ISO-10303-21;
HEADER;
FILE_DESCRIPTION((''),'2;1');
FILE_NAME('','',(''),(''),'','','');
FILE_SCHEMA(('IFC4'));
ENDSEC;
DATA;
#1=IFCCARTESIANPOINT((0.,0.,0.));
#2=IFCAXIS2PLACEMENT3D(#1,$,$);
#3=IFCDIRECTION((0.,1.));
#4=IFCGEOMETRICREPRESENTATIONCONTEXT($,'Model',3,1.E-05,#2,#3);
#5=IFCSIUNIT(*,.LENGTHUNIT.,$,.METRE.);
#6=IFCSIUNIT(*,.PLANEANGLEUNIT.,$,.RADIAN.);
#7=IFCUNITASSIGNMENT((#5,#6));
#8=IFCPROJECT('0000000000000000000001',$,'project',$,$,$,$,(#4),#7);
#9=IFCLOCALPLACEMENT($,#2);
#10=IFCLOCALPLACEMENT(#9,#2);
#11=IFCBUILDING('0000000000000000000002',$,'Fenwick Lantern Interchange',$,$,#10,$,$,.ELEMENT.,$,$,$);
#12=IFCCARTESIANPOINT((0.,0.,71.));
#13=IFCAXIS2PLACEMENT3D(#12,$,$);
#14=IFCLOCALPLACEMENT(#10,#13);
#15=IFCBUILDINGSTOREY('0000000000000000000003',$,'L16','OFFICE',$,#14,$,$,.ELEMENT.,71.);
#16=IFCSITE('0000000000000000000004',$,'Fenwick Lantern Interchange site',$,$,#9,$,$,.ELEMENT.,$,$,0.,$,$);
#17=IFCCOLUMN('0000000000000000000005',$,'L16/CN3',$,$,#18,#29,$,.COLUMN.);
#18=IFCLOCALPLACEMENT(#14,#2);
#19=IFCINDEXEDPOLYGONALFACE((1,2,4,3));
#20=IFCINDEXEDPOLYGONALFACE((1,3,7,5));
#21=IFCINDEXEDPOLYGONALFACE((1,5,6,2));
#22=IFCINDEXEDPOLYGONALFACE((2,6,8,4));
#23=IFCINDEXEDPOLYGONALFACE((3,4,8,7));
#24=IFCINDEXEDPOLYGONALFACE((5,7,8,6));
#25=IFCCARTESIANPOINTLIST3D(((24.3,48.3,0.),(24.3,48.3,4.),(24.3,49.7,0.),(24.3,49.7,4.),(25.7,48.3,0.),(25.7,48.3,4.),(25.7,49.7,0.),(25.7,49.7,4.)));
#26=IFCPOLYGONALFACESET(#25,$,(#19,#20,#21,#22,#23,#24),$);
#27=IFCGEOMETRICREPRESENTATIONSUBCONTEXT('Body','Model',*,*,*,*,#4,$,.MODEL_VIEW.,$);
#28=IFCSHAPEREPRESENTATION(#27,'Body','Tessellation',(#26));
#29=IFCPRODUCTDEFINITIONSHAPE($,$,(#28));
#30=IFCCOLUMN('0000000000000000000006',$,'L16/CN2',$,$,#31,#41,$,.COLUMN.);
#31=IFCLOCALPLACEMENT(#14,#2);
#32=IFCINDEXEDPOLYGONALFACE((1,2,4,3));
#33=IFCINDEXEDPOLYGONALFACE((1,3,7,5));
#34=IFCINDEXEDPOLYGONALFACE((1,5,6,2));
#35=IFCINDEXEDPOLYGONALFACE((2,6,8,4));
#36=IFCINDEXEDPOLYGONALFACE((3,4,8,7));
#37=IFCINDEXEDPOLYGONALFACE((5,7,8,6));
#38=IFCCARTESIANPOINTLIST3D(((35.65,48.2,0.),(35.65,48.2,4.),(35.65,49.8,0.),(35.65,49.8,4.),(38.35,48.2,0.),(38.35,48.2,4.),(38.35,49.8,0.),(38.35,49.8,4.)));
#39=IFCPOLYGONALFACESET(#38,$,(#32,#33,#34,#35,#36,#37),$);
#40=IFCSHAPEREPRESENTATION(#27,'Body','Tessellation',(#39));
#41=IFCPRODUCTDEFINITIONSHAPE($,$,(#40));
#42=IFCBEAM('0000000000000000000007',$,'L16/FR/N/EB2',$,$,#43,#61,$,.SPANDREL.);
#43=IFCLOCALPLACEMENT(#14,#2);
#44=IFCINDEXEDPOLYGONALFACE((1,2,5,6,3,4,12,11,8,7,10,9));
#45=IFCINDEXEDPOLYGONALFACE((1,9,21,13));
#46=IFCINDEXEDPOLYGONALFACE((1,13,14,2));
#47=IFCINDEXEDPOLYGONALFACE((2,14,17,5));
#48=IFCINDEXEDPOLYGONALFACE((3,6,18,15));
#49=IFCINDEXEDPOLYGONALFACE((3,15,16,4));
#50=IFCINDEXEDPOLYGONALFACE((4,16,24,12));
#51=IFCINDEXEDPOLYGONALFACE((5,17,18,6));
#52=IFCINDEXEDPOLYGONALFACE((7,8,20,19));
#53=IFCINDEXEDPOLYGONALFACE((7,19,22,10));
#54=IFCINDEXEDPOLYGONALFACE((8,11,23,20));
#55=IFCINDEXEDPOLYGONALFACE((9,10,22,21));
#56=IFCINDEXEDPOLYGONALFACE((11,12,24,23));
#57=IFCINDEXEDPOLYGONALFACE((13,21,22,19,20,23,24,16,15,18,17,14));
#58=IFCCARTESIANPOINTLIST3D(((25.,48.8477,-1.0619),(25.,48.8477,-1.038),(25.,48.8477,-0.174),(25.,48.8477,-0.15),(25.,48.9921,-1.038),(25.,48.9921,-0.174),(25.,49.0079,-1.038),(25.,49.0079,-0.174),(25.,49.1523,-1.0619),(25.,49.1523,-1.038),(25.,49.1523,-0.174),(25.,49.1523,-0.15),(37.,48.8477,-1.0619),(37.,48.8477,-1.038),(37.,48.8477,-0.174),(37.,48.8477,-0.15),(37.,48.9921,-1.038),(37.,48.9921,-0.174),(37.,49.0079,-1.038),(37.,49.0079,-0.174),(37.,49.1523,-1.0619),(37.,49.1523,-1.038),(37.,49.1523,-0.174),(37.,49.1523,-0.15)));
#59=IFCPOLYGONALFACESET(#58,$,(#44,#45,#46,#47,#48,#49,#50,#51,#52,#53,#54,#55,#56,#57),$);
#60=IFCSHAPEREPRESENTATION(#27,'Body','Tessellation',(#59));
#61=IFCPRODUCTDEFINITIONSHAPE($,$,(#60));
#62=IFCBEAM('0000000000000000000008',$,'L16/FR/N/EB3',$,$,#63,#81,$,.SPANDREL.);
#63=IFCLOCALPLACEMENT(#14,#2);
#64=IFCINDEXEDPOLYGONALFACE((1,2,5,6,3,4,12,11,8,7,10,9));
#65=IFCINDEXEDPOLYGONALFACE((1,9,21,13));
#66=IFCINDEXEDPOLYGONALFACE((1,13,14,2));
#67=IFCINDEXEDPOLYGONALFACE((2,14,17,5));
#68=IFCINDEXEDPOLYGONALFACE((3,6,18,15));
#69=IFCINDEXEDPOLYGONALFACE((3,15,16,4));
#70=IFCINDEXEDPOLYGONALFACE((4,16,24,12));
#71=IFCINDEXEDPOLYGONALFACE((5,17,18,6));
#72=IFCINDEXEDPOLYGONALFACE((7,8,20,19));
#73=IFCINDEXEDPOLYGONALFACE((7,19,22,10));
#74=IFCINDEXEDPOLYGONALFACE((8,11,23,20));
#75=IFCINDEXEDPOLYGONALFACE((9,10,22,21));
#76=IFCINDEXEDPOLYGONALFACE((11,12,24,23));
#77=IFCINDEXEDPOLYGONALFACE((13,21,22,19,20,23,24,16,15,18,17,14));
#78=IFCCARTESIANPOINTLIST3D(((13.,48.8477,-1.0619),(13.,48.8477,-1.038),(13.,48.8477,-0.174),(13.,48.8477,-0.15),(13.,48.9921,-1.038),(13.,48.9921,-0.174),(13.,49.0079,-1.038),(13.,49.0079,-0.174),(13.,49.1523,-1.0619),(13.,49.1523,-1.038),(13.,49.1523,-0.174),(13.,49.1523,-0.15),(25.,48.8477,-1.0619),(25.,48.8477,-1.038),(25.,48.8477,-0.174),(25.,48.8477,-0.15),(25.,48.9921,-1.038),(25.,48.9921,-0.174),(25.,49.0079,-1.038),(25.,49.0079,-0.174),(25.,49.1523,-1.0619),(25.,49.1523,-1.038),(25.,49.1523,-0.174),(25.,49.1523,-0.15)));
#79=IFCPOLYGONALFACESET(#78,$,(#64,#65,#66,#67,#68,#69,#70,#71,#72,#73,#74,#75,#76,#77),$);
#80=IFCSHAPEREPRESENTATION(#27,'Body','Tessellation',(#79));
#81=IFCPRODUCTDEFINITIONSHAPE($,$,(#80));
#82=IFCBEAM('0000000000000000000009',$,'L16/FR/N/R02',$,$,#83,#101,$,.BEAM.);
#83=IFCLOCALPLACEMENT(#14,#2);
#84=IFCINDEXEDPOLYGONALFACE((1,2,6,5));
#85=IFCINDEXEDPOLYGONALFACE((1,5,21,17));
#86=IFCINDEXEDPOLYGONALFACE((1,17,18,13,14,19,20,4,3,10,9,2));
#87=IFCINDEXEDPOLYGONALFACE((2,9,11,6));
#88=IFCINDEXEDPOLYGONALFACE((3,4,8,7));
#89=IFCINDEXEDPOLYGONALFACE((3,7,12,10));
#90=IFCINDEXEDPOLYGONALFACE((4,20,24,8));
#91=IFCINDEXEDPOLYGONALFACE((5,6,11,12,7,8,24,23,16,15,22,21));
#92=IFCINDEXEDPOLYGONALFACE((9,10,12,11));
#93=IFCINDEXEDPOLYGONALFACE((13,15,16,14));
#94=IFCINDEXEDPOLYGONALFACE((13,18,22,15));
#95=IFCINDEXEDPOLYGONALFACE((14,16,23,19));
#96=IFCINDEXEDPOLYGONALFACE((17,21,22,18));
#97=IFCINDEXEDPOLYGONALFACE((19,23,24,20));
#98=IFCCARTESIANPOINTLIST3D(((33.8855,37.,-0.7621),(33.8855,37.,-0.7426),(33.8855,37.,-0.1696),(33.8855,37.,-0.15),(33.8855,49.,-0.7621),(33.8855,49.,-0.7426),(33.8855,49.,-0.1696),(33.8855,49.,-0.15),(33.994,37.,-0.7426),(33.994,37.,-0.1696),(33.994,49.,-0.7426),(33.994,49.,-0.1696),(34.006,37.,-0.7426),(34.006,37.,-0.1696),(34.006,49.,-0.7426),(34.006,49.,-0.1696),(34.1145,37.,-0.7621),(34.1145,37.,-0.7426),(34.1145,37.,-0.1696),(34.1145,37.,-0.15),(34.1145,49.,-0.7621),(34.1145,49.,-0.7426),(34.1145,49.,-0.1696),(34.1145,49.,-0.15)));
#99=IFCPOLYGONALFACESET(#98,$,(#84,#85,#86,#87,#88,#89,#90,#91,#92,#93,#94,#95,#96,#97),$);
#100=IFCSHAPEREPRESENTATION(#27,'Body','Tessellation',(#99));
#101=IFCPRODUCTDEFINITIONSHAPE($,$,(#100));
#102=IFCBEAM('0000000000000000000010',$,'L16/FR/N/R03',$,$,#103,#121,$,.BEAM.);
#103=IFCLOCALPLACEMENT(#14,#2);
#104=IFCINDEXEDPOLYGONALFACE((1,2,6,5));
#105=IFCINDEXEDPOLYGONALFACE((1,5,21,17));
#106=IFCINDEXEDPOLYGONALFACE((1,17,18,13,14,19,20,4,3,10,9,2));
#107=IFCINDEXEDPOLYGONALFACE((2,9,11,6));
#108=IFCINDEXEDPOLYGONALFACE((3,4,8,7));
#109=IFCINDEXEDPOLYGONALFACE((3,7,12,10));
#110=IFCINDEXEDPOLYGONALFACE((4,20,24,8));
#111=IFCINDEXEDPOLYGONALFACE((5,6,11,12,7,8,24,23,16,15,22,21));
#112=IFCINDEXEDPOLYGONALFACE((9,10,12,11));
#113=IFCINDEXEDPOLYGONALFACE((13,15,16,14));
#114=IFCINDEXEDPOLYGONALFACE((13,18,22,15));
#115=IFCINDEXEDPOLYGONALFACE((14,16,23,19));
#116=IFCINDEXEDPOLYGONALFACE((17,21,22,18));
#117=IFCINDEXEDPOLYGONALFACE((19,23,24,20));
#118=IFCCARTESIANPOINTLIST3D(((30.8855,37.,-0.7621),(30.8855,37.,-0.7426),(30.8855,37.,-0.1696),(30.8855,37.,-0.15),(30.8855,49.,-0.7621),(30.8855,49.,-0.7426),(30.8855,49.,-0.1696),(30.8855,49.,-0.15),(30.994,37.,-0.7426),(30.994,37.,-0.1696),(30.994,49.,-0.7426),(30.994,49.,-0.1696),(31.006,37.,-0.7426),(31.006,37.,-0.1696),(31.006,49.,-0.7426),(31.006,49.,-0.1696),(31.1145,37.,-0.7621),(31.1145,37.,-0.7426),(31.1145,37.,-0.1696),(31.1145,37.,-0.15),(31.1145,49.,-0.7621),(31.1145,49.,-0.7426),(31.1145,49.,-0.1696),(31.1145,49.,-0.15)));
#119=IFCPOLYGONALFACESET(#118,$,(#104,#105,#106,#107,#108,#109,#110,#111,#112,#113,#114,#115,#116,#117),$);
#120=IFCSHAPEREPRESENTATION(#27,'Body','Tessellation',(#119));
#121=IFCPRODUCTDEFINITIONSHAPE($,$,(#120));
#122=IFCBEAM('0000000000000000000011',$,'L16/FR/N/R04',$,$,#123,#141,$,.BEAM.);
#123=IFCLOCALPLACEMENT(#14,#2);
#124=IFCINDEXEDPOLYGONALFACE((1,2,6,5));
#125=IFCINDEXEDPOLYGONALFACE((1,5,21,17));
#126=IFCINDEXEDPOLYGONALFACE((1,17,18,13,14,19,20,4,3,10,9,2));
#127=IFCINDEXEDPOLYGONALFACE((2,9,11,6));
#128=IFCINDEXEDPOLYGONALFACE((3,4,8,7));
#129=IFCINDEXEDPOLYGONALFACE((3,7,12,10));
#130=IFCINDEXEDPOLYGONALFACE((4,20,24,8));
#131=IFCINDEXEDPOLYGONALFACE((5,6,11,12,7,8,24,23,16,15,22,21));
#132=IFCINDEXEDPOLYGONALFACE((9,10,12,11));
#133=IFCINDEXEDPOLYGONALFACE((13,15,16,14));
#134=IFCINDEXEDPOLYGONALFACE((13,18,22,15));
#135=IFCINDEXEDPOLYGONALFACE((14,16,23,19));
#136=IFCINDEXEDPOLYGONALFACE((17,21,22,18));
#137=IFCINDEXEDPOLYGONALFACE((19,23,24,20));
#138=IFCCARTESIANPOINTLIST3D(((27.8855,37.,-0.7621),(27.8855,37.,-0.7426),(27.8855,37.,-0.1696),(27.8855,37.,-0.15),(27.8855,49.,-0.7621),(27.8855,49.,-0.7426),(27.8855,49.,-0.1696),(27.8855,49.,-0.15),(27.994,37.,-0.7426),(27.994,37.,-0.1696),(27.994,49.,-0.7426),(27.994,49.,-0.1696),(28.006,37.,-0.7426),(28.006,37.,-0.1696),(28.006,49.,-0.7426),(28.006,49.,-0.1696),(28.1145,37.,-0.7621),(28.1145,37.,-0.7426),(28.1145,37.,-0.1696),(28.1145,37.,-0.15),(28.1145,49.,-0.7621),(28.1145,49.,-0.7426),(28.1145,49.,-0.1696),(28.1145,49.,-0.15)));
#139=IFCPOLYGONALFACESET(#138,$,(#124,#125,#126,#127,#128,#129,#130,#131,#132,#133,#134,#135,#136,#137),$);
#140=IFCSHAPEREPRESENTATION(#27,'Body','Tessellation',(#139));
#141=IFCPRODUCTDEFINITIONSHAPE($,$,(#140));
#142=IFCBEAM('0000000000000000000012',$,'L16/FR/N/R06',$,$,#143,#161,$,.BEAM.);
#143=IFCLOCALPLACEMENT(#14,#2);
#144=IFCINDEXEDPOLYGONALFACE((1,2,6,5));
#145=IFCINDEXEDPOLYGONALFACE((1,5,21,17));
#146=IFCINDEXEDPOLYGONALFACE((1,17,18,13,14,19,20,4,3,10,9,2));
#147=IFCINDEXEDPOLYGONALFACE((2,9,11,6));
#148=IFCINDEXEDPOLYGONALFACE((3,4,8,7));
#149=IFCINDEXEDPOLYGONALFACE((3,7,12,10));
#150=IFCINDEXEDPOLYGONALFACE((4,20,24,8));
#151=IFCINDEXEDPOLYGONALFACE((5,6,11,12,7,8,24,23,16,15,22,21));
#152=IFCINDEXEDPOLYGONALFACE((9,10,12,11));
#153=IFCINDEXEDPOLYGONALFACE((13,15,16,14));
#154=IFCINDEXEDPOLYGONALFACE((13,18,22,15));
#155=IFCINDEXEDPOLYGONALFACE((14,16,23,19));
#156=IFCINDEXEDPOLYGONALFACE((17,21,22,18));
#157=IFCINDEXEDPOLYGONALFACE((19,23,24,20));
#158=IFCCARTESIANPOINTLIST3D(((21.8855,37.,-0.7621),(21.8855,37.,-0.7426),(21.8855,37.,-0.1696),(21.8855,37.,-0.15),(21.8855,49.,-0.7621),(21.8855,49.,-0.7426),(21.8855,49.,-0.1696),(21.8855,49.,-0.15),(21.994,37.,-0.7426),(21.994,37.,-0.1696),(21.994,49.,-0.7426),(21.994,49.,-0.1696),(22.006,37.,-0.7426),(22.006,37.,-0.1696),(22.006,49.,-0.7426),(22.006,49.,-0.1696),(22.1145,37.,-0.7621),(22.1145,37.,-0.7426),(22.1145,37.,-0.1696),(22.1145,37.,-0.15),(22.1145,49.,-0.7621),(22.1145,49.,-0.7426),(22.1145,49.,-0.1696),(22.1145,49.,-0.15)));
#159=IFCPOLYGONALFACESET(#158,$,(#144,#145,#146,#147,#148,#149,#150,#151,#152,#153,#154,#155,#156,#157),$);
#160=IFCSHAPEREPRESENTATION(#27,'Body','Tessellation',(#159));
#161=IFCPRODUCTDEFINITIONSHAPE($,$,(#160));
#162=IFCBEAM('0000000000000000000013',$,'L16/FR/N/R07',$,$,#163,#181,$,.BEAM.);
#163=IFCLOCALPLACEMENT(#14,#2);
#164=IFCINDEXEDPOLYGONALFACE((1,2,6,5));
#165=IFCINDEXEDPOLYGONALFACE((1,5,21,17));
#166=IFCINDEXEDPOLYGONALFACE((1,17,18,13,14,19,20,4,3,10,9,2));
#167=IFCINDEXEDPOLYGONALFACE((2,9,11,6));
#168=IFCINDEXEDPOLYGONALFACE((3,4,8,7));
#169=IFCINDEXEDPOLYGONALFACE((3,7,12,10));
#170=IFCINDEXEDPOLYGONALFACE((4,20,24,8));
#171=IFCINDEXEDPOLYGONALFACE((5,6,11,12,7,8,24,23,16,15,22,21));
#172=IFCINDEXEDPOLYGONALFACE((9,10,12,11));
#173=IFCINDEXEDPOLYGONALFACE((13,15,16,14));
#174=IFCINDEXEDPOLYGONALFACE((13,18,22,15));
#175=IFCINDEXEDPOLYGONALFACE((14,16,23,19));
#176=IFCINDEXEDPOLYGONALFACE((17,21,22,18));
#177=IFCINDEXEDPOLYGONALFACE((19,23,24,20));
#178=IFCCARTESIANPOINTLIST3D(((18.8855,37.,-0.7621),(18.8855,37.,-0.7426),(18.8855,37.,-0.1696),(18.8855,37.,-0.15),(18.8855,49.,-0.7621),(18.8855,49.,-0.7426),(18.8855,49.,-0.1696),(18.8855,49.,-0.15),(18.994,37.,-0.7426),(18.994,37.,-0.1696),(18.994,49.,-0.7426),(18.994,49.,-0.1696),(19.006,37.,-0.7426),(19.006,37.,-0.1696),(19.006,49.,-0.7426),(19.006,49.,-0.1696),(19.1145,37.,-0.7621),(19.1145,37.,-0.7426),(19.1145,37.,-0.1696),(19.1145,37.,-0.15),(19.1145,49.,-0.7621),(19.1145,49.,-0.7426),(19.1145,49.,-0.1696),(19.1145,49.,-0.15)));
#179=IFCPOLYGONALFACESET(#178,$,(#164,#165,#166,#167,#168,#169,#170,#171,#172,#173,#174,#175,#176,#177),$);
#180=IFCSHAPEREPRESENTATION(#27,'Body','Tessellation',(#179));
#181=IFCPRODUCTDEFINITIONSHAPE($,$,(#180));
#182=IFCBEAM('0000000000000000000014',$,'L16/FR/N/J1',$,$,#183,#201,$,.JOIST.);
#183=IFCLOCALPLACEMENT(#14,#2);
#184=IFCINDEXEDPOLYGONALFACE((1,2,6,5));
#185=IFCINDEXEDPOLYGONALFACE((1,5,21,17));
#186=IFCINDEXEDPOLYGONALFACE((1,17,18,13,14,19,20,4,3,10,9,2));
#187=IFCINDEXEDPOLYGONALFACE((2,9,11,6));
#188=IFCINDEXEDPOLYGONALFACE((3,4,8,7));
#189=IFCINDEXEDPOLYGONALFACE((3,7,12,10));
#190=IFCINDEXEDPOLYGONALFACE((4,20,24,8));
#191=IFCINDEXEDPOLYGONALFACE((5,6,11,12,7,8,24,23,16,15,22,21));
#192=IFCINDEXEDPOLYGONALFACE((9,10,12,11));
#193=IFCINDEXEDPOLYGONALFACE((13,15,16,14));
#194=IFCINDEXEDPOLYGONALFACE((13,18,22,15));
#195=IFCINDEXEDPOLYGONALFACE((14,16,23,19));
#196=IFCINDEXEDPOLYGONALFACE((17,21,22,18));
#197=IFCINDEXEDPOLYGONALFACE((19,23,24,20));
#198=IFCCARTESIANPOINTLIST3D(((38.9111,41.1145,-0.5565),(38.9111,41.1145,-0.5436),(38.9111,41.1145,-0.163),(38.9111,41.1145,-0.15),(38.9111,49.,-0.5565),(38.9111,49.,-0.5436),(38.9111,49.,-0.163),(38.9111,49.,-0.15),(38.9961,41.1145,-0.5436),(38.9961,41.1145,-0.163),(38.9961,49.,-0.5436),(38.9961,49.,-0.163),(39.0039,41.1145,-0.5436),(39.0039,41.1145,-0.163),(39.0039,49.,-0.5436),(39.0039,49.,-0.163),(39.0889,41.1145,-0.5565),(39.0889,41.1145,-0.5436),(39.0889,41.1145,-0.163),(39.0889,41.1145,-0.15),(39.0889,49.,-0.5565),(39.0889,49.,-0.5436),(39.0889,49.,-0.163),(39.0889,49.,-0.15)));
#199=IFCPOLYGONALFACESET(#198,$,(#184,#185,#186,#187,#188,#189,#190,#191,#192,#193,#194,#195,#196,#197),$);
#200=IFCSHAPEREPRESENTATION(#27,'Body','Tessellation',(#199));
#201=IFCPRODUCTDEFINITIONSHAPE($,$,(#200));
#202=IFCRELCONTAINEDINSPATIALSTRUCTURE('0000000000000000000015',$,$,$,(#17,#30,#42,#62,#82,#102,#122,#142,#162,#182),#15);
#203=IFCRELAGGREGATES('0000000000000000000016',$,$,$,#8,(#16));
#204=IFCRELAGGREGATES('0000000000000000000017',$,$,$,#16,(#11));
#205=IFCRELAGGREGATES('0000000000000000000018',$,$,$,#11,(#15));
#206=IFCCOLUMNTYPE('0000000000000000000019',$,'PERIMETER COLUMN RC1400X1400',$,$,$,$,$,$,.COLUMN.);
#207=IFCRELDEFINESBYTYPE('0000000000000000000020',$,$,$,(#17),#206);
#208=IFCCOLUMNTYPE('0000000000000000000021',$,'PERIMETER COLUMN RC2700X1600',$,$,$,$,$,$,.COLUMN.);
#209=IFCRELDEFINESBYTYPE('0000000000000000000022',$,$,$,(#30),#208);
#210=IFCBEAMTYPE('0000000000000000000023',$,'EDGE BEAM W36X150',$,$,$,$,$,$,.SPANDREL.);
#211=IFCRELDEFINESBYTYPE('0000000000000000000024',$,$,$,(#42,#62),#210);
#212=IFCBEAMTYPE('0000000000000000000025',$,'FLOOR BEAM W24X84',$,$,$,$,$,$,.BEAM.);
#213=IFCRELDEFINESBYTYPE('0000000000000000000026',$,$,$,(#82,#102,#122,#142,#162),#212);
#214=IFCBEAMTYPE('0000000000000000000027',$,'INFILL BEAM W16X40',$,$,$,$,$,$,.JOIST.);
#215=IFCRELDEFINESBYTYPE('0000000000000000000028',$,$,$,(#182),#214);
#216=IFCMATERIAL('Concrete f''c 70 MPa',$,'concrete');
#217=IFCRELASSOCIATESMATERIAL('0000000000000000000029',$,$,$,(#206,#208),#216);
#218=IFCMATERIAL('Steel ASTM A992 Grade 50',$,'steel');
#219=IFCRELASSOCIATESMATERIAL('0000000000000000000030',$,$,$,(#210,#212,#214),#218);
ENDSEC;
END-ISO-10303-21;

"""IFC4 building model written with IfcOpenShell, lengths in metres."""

from ifc_helpers import new_model, si_unit, direction, frame, origin, origin_2d, place, context, subcontext, project, spatial, rectangle, i_section, extrude, material, material_profile, profile_set, type_object, element, save


model = new_model("IFC4")

# Units and contexts
model_context = context("Model", 3, precision=1e-05, world=origin(), true_north=direction((0.0, 1.0)))
body_context = subcontext(model_context, "Body", "Model", "MODEL_VIEW")
ifc_project = project(units=[si_unit("LENGTHUNIT", "METRE"), si_unit("PLANEANGLEUNIT", "RADIAN")], contexts=[model_context])

# Site, building, storey
site_placement = place(None, origin())
site = spatial("IfcSite", under=ifc_project, at=site_placement, Name="Fenwick Lantern Interchange site", CompositionType="ELEMENT", RefElevation=0.0)
building_placement = place(site_placement, origin())
building = spatial("IfcBuilding", under=site, at=building_placement, Name="Fenwick Lantern Interchange", CompositionType="ELEMENT")
storey_placement = place(building_placement, frame((0.0, 0.0, 71.0)))
storey = spatial("IfcBuildingStorey", under=building, at=storey_placement, Name="L16", Description="OFFICE", CompositionType="ELEMENT", Elevation=71.0)

# Columns
ifc_material_1 = material(Name="Concrete f'c 70 MPa", Category="concrete")
ifc_material_profile_1 = material_profile(ifc_material_1, rectangle(XDim=1.3999, YDim=1.3999, at=origin_2d()), Name="RC1400X1400")
ifc_profile_set_1 = profile_set([ifc_material_profile_1], Name="Concrete f'c 70 MPa")
column_type_1 = type_object("IfcColumnType", Name="PERIMETER COLUMN RC1400X1400", PredefinedType="COLUMN", material=ifc_profile_set_1)
column_1_placement = place(storey_placement, frame((25.0, 49.0, 0.0), z_axis=(0.0, 0.0, 1.0), x_axis=(1.0, 0.0, 0.0)))
element("IfcColumn", 1, at=column_1_placement, inside=storey, type_object=column_type_1, Name="L16/CN3", PredefinedType="COLUMN", context=body_context, shape_type="SweptSolid", body=[
    extrude(rectangle(XDim=1.3999, YDim=1.3999, at=origin_2d()), origin(), (0.0, 0.0, 1.0), 4.0),
])
ifc_material_profile_2 = material_profile(ifc_material_1, rectangle(XDim=2.7, YDim=1.6001, at=origin_2d()), Name="RC2700X1600")
ifc_profile_set_2 = profile_set([ifc_material_profile_2], Name="Concrete f'c 70 MPa")
column_type_2 = type_object("IfcColumnType", Name="PERIMETER COLUMN RC2700X1600", PredefinedType="COLUMN", material=ifc_profile_set_2)
column_2_placement = place(storey_placement, frame((37.0, 49.0, 0.0), z_axis=(0.0, 0.0, 1.0), x_axis=(1.0, 0.0, 0.0)))
element("IfcColumn", 2, at=column_2_placement, inside=storey, type_object=column_type_2, Name="L16/CN2", PredefinedType="COLUMN", context=body_context, shape_type="SweptSolid", body=[
    extrude(rectangle(XDim=2.7, YDim=1.6001, at=origin_2d()), origin(), (0.0, 0.0, 1.0), 4.0),
])

# Beams
ifc_material_2 = material(Name="Steel ASTM A992 Grade 50", Category="steel")
ifc_material_profile_3 = material_profile(ifc_material_2, i_section(OverallWidth=0.3047, OverallDepth=0.9119, WebThickness=0.0159, FlangeThickness=0.0239, at=origin_2d()), Name="W36X150")
ifc_profile_set_3 = profile_set([ifc_material_profile_3], Name="Steel ASTM A992 Grade 50")
beam_type_1 = type_object("IfcBeamType", Name="EDGE BEAM W36X150", PredefinedType="SPANDREL", material=ifc_profile_set_3)
for number, where, z_axis, x_axis, name in (
    (3, (37.0, 49.0, -0.606), (-1.0, 0.0, 0.0), (0.0, -1.0, 0.0), "L16/FR/N/EB2"),
    (4, (25.0, 49.0, -0.606), (-1.0, 0.0, 0.0), (0.0, -1.0, 0.0), "L16/FR/N/EB3"),
):
    element("IfcBeam", number, at=place(storey_placement, frame(where, z_axis=z_axis, x_axis=x_axis)), inside=storey, type_object=beam_type_1, Name=name, PredefinedType="SPANDREL", context=body_context, shape_type="SweptSolid", body=[
        extrude(i_section(OverallWidth=0.3047, OverallDepth=0.9119, WebThickness=0.0159, FlangeThickness=0.0239, at=origin_2d()), origin(), (0.0, 0.0, 1.0), 12.0),
    ])
ifc_material_profile_4 = material_profile(ifc_material_2, i_section(OverallWidth=0.229, OverallDepth=0.6121, WebThickness=0.012, FlangeThickness=0.0195, at=origin_2d()), Name="W24X84")
ifc_profile_set_4 = profile_set([ifc_material_profile_4], Name="Steel ASTM A992 Grade 50")
beam_type_2 = type_object("IfcBeamType", Name="FLOOR BEAM W24X84", PredefinedType="BEAM", material=ifc_profile_set_4)
for number, where, z_axis, x_axis, name in (
    (5, (34.0, 49.0, -0.4561), (0.0, -1.0, 0.0), (1.0, 0.0, 0.0), "L16/FR/N/R02"),
    (6, (31.0, 49.0, -0.4561), (0.0, -1.0, 0.0), (1.0, 0.0, 0.0), "L16/FR/N/R03"),
    (7, (28.0, 49.0, -0.4561), (0.0, -1.0, 0.0), (1.0, 0.0, 0.0), "L16/FR/N/R04"),
    (8, (22.0, 49.0, -0.4561), (0.0, -1.0, 0.0), (1.0, 0.0, 0.0), "L16/FR/N/R06"),
    (9, (19.0, 49.0, -0.4561), (0.0, -1.0, 0.0), (1.0, 0.0, 0.0), "L16/FR/N/R07"),
):
    element("IfcBeam", number, at=place(storey_placement, frame(where, z_axis=z_axis, x_axis=x_axis)), inside=storey, type_object=beam_type_2, Name=name, PredefinedType="BEAM", context=body_context, shape_type="SweptSolid", body=[
        extrude(i_section(OverallWidth=0.229, OverallDepth=0.6121, WebThickness=0.012, FlangeThickness=0.0195, at=origin_2d()), origin(), (0.0, 0.0, 1.0), 12.0),
    ])
ifc_material_profile_5 = material_profile(ifc_material_2, i_section(OverallWidth=0.1777, OverallDepth=0.4065, WebThickness=0.0078, FlangeThickness=0.0129, at=origin_2d()), Name="W16X40")
ifc_profile_set_5 = profile_set([ifc_material_profile_5], Name="Steel ASTM A992 Grade 50")
beam_type_3 = type_object("IfcBeamType", Name="INFILL BEAM W16X40", PredefinedType="JOIST", material=ifc_profile_set_5)
beam_1_placement = place(storey_placement, frame((39.0, 49.0, -0.3533), z_axis=(0.0, -1.0, 0.0), x_axis=(1.0, 0.0, 0.0)))
element("IfcBeam", 10, at=beam_1_placement, inside=storey, type_object=beam_type_3, Name="L16/FR/N/J1", PredefinedType="JOIST", context=body_context, shape_type="SweptSolid", body=[
    extrude(i_section(OverallWidth=0.1777, OverallDepth=0.4065, WebThickness=0.0078, FlangeThickness=0.0129, at=origin_2d()), origin(), (0.0, 0.0, 1.0), 7.8855),
])

save(model, "model.ifc")
